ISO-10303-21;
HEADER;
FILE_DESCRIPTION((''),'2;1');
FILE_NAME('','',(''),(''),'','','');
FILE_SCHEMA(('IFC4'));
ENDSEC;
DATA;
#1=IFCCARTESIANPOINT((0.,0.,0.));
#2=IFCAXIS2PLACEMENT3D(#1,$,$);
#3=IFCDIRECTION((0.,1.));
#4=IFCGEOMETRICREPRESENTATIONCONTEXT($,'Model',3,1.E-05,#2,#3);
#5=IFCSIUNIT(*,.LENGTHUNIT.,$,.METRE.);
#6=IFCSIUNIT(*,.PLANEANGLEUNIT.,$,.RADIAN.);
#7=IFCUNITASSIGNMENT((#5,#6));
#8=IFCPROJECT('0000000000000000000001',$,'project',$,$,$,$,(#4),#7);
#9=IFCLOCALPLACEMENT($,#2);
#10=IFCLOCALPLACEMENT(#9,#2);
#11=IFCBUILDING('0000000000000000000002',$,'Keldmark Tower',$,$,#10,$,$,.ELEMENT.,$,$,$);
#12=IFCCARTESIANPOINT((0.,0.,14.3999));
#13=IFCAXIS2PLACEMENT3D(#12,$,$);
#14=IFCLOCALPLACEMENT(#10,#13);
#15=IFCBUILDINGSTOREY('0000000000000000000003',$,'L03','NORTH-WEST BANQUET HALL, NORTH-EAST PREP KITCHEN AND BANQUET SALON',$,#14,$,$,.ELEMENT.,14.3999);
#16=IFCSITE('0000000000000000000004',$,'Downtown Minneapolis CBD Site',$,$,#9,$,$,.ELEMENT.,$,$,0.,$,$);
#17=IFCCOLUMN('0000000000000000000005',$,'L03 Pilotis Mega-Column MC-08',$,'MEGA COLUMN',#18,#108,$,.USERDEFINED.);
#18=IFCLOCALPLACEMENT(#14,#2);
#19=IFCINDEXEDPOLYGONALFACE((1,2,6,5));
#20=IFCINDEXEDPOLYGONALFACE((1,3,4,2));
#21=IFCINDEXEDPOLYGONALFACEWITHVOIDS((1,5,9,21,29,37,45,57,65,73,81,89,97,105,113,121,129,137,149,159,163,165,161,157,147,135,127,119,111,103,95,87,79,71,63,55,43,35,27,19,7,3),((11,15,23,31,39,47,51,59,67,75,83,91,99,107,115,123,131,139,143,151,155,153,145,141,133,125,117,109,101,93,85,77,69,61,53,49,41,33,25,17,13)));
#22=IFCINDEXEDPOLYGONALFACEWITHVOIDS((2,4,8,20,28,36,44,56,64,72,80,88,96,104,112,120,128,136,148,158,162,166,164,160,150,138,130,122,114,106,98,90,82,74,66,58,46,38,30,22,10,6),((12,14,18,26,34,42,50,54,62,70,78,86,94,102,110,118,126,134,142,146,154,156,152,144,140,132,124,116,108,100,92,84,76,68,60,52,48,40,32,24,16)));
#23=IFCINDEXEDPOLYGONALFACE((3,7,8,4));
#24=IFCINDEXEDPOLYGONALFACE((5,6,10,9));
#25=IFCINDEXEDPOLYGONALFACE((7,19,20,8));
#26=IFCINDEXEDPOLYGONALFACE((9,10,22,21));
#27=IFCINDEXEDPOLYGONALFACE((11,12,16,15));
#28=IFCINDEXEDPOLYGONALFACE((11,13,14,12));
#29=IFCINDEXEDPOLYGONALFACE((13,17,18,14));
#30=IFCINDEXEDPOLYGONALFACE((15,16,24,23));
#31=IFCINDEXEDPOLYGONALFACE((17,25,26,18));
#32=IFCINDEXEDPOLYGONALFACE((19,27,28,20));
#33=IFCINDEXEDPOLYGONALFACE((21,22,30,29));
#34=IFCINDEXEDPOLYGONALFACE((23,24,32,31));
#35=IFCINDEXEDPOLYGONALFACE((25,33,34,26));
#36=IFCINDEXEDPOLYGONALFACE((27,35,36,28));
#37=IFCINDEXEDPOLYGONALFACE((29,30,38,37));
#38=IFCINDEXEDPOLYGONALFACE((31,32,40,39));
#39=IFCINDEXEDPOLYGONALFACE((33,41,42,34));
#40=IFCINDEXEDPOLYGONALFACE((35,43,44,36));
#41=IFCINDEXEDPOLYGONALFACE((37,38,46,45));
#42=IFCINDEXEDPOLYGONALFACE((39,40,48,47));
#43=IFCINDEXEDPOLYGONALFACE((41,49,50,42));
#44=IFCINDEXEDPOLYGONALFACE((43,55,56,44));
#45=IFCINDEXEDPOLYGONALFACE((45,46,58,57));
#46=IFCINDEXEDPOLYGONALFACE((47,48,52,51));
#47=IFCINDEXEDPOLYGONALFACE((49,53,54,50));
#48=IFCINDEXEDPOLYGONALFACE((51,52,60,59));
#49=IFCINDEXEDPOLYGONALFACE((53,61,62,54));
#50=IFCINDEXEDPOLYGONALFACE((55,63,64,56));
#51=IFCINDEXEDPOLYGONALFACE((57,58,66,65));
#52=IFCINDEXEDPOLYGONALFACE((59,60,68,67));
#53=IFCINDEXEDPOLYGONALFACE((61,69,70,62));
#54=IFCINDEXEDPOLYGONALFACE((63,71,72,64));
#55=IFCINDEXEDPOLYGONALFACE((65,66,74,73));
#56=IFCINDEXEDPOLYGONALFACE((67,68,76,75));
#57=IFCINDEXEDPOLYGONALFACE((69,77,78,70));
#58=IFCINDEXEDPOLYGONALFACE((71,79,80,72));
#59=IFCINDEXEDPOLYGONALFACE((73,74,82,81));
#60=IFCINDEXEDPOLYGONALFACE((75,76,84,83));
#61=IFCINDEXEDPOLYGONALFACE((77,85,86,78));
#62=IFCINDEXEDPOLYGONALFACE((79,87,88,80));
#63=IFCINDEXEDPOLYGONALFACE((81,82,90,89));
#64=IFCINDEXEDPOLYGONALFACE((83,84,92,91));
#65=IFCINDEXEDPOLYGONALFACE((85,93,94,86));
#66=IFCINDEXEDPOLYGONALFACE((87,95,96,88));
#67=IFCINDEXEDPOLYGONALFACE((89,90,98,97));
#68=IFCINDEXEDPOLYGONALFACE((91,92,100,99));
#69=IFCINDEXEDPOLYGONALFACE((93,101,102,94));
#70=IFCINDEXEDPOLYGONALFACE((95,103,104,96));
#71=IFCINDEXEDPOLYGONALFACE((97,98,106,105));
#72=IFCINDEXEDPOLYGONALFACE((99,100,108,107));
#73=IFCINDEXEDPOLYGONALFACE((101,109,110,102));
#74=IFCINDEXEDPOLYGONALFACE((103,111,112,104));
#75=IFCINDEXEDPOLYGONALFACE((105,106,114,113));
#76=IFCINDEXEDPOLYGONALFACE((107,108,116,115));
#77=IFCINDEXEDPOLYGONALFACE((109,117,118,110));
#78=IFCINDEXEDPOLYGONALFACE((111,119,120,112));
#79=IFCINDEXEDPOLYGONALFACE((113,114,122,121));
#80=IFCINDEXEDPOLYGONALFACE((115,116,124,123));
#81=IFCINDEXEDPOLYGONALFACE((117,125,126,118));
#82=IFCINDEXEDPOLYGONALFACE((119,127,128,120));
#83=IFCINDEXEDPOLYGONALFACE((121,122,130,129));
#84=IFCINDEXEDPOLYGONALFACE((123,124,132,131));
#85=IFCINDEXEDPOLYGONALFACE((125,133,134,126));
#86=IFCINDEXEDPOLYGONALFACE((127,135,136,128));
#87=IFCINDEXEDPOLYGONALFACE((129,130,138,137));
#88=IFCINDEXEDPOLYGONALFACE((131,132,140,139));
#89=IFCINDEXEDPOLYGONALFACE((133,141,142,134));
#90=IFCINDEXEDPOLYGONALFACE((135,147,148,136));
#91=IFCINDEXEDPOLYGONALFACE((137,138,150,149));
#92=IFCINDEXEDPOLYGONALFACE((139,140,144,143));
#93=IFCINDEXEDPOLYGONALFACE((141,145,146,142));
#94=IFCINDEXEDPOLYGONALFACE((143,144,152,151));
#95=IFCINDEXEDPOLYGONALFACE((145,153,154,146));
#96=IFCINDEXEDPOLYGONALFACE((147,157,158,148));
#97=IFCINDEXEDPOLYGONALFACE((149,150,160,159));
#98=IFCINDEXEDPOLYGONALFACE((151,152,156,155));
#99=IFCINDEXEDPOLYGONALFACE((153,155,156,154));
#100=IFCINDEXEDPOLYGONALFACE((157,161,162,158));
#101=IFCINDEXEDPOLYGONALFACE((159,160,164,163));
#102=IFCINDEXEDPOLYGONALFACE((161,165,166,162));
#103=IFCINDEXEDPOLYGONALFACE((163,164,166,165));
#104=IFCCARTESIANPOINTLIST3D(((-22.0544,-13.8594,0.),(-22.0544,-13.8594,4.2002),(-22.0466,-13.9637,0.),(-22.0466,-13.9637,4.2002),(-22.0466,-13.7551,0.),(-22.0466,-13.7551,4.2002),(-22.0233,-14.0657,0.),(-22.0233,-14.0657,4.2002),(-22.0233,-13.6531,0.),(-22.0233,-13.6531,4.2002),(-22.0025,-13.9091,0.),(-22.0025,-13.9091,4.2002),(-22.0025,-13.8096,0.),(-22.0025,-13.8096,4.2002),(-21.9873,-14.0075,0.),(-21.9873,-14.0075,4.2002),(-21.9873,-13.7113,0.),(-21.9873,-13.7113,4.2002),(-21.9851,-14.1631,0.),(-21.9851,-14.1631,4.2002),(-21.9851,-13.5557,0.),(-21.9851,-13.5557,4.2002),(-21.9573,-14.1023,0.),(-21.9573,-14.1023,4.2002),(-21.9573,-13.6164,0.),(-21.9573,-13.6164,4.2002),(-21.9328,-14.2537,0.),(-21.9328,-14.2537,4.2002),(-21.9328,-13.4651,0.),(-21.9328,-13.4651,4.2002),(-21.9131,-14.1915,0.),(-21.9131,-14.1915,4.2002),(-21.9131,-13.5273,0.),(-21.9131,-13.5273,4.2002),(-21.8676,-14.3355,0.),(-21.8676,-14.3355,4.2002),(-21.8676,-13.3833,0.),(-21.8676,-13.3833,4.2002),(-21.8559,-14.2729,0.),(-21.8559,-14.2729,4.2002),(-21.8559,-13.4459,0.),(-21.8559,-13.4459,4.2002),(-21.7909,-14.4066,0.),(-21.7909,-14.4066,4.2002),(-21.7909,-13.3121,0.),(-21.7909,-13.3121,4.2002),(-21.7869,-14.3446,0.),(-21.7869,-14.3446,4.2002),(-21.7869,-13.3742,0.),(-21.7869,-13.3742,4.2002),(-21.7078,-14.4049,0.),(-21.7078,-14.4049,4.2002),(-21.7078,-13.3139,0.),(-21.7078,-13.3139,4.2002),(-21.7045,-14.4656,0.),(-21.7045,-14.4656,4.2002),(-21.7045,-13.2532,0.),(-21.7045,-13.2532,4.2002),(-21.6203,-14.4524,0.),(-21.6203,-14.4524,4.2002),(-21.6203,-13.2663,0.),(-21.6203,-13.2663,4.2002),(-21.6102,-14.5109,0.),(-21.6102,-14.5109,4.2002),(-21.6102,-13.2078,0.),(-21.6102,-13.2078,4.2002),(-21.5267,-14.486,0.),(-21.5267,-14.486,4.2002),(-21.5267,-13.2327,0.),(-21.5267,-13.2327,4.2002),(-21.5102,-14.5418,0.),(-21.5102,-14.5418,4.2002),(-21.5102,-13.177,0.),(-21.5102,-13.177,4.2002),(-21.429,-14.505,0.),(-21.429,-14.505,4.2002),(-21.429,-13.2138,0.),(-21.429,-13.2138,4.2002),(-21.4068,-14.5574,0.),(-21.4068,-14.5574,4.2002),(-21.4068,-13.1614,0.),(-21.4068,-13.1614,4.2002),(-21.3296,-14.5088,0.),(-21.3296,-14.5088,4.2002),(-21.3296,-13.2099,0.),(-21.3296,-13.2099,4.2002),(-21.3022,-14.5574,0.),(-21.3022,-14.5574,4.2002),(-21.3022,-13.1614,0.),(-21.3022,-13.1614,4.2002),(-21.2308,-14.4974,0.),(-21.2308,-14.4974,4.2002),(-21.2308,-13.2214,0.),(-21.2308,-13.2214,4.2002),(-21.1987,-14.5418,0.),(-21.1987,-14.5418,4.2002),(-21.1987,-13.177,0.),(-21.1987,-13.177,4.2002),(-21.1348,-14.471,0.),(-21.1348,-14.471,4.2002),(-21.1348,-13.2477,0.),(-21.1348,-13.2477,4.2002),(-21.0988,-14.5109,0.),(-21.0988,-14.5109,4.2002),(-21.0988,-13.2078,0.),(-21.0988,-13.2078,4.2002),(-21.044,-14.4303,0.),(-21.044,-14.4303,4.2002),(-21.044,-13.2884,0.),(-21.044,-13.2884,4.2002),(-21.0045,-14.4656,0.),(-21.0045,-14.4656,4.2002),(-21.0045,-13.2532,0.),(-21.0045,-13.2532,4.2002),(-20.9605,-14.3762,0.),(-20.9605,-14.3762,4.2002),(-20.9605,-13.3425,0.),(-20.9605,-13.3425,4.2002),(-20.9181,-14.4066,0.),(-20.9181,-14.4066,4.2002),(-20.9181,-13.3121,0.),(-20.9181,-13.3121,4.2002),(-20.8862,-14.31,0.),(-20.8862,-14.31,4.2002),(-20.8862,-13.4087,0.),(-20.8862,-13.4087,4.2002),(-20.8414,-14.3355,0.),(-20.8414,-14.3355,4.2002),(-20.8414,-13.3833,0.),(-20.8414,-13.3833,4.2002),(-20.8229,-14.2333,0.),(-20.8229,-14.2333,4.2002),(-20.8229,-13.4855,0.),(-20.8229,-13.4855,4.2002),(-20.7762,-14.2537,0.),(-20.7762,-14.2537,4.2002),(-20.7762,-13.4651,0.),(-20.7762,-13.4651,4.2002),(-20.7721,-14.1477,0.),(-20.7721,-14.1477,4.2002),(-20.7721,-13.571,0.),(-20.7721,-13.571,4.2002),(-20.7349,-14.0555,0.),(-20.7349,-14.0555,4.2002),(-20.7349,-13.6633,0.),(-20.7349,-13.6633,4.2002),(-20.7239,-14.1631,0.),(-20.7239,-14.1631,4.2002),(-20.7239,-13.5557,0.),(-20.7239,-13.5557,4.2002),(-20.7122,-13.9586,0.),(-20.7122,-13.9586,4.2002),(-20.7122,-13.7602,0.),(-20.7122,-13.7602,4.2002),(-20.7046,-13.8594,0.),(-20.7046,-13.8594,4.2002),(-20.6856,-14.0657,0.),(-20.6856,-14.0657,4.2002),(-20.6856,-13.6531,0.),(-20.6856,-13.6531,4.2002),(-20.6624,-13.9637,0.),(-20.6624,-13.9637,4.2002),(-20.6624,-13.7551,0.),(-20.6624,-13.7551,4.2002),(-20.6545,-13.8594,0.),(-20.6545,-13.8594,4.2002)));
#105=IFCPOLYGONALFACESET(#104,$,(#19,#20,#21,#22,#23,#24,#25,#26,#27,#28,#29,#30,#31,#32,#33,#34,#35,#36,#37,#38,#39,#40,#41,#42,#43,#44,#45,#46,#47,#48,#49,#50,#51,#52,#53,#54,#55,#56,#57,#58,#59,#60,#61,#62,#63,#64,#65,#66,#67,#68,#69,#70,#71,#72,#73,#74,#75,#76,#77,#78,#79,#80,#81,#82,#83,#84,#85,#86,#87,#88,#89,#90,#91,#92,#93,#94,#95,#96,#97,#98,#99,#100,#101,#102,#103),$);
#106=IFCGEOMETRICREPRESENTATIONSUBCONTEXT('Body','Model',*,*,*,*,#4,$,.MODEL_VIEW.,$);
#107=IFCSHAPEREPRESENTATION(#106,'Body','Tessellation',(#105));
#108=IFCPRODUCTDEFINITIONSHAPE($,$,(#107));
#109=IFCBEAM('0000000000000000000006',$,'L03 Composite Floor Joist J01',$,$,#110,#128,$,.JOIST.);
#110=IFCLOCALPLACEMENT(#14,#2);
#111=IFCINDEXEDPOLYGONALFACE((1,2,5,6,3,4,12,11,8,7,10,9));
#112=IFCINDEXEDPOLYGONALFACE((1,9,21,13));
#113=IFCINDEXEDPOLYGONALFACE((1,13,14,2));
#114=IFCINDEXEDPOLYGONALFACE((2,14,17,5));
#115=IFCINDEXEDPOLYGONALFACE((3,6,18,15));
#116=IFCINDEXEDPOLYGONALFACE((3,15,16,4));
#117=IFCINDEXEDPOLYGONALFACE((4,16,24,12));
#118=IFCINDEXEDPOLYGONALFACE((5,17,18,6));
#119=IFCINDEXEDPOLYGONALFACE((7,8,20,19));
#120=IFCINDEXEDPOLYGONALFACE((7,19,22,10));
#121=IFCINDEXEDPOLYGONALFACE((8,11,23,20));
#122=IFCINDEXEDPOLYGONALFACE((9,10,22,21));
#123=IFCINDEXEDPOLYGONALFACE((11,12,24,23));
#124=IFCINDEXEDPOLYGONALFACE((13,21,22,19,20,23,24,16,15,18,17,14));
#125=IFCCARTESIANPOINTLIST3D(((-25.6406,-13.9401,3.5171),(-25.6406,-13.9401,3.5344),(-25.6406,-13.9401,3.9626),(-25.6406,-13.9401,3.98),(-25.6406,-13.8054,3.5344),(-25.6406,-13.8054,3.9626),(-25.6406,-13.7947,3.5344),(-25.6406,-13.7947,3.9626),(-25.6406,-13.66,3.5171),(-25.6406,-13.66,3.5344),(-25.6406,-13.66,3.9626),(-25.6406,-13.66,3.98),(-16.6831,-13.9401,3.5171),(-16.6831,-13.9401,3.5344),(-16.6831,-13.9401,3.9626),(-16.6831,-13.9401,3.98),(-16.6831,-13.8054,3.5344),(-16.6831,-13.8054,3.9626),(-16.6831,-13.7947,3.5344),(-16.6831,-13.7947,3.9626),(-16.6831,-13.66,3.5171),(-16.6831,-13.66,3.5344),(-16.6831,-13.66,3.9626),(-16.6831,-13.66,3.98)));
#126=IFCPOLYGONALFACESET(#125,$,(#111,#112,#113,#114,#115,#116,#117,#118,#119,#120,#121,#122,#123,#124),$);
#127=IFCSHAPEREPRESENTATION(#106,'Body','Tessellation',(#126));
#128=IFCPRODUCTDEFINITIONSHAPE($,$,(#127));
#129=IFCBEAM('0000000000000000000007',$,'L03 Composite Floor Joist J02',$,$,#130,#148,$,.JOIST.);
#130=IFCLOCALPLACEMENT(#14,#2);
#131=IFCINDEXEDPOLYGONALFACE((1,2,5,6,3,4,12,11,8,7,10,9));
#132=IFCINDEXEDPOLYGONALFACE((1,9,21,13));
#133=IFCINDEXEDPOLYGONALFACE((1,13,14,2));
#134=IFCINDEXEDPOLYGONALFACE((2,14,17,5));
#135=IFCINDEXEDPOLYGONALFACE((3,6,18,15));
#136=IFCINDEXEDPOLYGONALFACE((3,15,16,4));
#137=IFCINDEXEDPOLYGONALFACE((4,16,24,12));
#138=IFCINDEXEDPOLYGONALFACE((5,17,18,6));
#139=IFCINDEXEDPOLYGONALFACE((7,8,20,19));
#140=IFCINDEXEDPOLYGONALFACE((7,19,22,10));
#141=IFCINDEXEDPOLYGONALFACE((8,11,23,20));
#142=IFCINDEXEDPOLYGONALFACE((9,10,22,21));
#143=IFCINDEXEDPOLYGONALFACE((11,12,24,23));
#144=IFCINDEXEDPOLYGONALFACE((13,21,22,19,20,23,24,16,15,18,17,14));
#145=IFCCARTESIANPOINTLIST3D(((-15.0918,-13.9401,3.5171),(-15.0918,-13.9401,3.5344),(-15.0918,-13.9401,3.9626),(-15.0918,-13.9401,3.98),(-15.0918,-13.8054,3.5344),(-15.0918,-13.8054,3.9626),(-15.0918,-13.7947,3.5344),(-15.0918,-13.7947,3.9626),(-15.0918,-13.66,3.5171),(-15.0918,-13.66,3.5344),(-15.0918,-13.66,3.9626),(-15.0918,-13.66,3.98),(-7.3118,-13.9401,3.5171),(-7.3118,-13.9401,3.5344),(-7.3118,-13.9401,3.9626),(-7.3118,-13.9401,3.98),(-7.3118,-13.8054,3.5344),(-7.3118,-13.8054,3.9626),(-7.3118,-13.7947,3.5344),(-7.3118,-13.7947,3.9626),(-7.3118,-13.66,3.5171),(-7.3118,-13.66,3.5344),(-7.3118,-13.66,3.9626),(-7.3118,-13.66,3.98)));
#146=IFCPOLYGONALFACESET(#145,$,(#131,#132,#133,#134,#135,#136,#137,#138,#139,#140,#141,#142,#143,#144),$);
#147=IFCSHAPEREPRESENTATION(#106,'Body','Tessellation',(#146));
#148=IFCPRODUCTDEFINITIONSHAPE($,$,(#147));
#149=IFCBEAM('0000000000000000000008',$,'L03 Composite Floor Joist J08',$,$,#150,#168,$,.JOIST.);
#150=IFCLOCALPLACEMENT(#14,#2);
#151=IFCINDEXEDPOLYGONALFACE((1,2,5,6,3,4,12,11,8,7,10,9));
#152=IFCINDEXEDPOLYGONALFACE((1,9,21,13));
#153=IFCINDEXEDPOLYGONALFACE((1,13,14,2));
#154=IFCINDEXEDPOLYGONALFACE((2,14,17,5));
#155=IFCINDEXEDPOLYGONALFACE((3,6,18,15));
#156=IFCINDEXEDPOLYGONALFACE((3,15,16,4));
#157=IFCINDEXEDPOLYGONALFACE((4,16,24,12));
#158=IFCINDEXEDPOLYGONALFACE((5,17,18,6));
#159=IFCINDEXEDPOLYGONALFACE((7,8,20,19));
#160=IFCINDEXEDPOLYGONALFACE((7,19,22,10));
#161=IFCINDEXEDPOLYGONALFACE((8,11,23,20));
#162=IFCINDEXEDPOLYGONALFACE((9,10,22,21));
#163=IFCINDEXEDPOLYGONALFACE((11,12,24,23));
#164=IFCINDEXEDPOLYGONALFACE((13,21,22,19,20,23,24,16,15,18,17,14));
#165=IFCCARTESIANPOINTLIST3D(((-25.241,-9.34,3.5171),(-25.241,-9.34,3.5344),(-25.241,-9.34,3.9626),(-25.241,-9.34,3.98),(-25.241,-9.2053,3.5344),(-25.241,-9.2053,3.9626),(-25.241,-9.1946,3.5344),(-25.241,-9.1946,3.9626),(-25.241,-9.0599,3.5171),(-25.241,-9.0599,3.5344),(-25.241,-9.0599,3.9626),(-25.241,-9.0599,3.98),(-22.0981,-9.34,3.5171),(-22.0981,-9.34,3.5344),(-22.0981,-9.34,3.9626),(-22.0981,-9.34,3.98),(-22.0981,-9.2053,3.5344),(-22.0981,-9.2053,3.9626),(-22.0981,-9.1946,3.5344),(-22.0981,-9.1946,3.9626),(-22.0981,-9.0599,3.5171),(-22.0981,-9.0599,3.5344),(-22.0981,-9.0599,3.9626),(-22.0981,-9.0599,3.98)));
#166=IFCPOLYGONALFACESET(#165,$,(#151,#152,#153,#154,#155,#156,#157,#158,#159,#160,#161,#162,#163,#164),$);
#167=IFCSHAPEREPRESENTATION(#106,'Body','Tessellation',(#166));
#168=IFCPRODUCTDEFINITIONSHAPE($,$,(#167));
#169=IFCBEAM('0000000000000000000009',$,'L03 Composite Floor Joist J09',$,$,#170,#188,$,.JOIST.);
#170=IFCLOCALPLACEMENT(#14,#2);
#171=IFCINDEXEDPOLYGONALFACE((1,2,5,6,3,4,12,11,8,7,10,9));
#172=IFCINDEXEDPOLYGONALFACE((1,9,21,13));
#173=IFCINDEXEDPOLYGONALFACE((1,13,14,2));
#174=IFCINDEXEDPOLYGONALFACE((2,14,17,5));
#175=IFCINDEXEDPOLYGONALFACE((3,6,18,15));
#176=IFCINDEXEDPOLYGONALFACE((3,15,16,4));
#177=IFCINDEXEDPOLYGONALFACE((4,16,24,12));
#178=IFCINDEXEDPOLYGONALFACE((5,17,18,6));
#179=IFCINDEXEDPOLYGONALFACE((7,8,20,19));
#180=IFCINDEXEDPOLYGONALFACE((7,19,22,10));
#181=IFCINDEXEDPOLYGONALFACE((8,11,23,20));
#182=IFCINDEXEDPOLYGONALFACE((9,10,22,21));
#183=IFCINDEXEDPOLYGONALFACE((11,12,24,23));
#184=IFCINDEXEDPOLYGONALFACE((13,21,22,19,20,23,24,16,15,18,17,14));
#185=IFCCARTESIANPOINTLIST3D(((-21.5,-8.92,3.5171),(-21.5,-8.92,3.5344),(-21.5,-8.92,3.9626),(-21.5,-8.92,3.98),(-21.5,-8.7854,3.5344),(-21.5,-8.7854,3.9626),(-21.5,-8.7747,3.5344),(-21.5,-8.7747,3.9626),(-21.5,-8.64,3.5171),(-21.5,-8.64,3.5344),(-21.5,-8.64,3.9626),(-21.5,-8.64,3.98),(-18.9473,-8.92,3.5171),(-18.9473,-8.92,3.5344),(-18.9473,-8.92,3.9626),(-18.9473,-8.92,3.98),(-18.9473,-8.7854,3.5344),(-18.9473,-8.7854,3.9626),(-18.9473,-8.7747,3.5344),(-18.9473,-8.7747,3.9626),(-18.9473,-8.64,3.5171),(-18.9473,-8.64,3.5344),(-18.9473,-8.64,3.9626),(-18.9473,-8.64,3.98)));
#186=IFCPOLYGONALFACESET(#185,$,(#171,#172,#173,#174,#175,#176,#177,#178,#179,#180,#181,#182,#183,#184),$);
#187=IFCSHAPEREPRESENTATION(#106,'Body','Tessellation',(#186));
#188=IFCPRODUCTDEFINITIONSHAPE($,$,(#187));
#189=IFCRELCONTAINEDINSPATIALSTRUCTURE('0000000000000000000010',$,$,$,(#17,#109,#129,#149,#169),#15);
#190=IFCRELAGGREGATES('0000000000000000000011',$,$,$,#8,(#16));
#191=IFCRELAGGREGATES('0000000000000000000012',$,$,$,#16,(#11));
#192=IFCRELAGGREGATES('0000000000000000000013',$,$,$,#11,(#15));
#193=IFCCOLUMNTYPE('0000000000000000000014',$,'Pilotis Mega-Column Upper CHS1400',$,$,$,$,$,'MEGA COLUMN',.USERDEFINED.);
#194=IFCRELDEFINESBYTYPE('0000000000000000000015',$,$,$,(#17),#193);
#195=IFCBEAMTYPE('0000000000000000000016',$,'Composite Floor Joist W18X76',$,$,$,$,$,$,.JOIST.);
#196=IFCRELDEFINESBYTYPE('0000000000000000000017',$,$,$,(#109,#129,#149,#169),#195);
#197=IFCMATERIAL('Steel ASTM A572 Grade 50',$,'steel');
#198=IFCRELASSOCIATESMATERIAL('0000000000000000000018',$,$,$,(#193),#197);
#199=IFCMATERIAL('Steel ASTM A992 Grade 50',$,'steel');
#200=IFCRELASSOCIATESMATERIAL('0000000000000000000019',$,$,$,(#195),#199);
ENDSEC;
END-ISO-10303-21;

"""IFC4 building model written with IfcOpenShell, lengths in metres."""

from ifc_helpers import new_model, si_unit, direction, frame, origin, origin_2d, place, context, subcontext, project, spatial, hollow_circle, i_section, extrude, material, material_profile, profile_set, type_object, element, save


model = new_model("IFC4")

# Units and contexts
model_context = context("Model", 3, precision=1e-05, world=origin(), true_north=direction((0.0, 1.0)))
body_context = subcontext(model_context, "Body", "Model", "MODEL_VIEW")
ifc_project = project(units=[si_unit("LENGTHUNIT", "METRE"), si_unit("PLANEANGLEUNIT", "RADIAN")], contexts=[model_context])

# Site, building, storey
site_placement = place(None, origin())
site = spatial("IfcSite", under=ifc_project, at=site_placement, Name="Downtown Minneapolis CBD Site", CompositionType="ELEMENT", RefElevation=0.0)
building_placement = place(site_placement, origin())
building = spatial("IfcBuilding", under=site, at=building_placement, Name="Keldmark Tower", CompositionType="ELEMENT")
storey_placement = place(building_placement, frame((0.0, 0.0, 14.3999)))
storey = spatial("IfcBuildingStorey", under=building, at=storey_placement, Name="L03", Description="NORTH-WEST BANQUET HALL, NORTH-EAST PREP KITCHEN AND BANQUET SALON", CompositionType="ELEMENT", Elevation=14.3999)

# Column
ifc_material_1 = material(Name="Steel ASTM A572 Grade 50", Category="steel")
ifc_material_profile_1 = material_profile(ifc_material_1, hollow_circle(Radius=0.7, WallThickness=0.05, at=origin_2d()), Name="CHS1400X50")
ifc_profile_set_1 = profile_set([ifc_material_profile_1], Name="Steel ASTM A572 Grade 50")
column_type = type_object("IfcColumnType", Name="Pilotis Mega-Column Upper CHS1400", ElementType="MEGA COLUMN", PredefinedType="USERDEFINED", material=ifc_profile_set_1)
column_placement = place(storey_placement, frame((-21.3545, -13.8594, 0.0), z_axis=(0.0, 0.0, 1.0), x_axis=(1.0, 0.0, 0.0)))
element("IfcColumn", 1, at=column_placement, inside=storey, type_object=column_type, Name="L03 Pilotis Mega-Column MC-08", ObjectType="MEGA COLUMN", PredefinedType="USERDEFINED", context=body_context, shape_type="SweptSolid", body=[
    extrude(hollow_circle(Radius=0.7, WallThickness=0.05, at=origin_2d()), origin(), (0.0, 0.0, 1.0), 4.2002),
])

# Beams
ifc_material_2 = material(Name="Steel ASTM A992 Grade 50", Category="steel")
ifc_material_profile_2 = material_profile(ifc_material_2, i_section(OverallWidth=0.28, OverallDepth=0.4629, WebThickness=0.0107, FlangeThickness=0.0173, at=origin_2d()), Name="W18X76")
ifc_profile_set_2 = profile_set([ifc_material_profile_2], Name="Steel ASTM A992 Grade 50")
beam_type_1 = type_object("IfcBeamType", Name="Composite Floor Joist W18X76", PredefinedType="JOIST", material=ifc_profile_set_2)
beam_1_placement = place(storey_placement, frame((-25.6406, -13.8, 3.7485), z_axis=(1.0, 0.0, 0.0), x_axis=(0.0, 1.0, 0.0)))
element("IfcBeam", 2, at=beam_1_placement, inside=storey, type_object=beam_type_1, Name="L03 Composite Floor Joist J01", PredefinedType="JOIST", context=body_context, shape_type="SweptSolid", body=[
    extrude(i_section(OverallWidth=0.28, OverallDepth=0.4629, WebThickness=0.0107, FlangeThickness=0.0173, at=origin_2d()), origin(), (0.0, 0.0, 1.0), 8.9575),
])
beam_2_placement = place(storey_placement, frame((-15.0918, -13.8, 3.7485), z_axis=(1.0, 0.0, 0.0), x_axis=(0.0, 1.0, 0.0)))
element("IfcBeam", 3, at=beam_2_placement, inside=storey, type_object=beam_type_1, Name="L03 Composite Floor Joist J02", PredefinedType="JOIST", context=body_context, shape_type="SweptSolid", body=[
    extrude(i_section(OverallWidth=0.28, OverallDepth=0.4629, WebThickness=0.0107, FlangeThickness=0.0173, at=origin_2d()), origin(), (0.0, 0.0, 1.0), 7.78),
])
beam_3_placement = place(storey_placement, frame((-25.241, -9.2, 3.7485), z_axis=(1.0, 0.0, 0.0), x_axis=(0.0, 1.0, 0.0)))
element("IfcBeam", 4, at=beam_3_placement, inside=storey, type_object=beam_type_1, Name="L03 Composite Floor Joist J08", PredefinedType="JOIST", context=body_context, shape_type="SweptSolid", body=[
    extrude(i_section(OverallWidth=0.28, OverallDepth=0.4629, WebThickness=0.0107, FlangeThickness=0.0173, at=origin_2d()), origin(), (0.0, 0.0, 1.0), 3.1428),
])
beam_4_placement = place(storey_placement, frame((-21.5, -8.78, 3.7485), z_axis=(1.0, 0.0, 0.0), x_axis=(0.0, 1.0, 0.0)))
element("IfcBeam", 5, at=beam_4_placement, inside=storey, type_object=beam_type_1, Name="L03 Composite Floor Joist J09", PredefinedType="JOIST", context=body_context, shape_type="SweptSolid", body=[
    extrude(i_section(OverallWidth=0.28, OverallDepth=0.4629, WebThickness=0.0107, FlangeThickness=0.0173, at=origin_2d()), origin(), (0.0, 0.0, 1.0), 2.5527),
])

save(model, "model.ifc")
